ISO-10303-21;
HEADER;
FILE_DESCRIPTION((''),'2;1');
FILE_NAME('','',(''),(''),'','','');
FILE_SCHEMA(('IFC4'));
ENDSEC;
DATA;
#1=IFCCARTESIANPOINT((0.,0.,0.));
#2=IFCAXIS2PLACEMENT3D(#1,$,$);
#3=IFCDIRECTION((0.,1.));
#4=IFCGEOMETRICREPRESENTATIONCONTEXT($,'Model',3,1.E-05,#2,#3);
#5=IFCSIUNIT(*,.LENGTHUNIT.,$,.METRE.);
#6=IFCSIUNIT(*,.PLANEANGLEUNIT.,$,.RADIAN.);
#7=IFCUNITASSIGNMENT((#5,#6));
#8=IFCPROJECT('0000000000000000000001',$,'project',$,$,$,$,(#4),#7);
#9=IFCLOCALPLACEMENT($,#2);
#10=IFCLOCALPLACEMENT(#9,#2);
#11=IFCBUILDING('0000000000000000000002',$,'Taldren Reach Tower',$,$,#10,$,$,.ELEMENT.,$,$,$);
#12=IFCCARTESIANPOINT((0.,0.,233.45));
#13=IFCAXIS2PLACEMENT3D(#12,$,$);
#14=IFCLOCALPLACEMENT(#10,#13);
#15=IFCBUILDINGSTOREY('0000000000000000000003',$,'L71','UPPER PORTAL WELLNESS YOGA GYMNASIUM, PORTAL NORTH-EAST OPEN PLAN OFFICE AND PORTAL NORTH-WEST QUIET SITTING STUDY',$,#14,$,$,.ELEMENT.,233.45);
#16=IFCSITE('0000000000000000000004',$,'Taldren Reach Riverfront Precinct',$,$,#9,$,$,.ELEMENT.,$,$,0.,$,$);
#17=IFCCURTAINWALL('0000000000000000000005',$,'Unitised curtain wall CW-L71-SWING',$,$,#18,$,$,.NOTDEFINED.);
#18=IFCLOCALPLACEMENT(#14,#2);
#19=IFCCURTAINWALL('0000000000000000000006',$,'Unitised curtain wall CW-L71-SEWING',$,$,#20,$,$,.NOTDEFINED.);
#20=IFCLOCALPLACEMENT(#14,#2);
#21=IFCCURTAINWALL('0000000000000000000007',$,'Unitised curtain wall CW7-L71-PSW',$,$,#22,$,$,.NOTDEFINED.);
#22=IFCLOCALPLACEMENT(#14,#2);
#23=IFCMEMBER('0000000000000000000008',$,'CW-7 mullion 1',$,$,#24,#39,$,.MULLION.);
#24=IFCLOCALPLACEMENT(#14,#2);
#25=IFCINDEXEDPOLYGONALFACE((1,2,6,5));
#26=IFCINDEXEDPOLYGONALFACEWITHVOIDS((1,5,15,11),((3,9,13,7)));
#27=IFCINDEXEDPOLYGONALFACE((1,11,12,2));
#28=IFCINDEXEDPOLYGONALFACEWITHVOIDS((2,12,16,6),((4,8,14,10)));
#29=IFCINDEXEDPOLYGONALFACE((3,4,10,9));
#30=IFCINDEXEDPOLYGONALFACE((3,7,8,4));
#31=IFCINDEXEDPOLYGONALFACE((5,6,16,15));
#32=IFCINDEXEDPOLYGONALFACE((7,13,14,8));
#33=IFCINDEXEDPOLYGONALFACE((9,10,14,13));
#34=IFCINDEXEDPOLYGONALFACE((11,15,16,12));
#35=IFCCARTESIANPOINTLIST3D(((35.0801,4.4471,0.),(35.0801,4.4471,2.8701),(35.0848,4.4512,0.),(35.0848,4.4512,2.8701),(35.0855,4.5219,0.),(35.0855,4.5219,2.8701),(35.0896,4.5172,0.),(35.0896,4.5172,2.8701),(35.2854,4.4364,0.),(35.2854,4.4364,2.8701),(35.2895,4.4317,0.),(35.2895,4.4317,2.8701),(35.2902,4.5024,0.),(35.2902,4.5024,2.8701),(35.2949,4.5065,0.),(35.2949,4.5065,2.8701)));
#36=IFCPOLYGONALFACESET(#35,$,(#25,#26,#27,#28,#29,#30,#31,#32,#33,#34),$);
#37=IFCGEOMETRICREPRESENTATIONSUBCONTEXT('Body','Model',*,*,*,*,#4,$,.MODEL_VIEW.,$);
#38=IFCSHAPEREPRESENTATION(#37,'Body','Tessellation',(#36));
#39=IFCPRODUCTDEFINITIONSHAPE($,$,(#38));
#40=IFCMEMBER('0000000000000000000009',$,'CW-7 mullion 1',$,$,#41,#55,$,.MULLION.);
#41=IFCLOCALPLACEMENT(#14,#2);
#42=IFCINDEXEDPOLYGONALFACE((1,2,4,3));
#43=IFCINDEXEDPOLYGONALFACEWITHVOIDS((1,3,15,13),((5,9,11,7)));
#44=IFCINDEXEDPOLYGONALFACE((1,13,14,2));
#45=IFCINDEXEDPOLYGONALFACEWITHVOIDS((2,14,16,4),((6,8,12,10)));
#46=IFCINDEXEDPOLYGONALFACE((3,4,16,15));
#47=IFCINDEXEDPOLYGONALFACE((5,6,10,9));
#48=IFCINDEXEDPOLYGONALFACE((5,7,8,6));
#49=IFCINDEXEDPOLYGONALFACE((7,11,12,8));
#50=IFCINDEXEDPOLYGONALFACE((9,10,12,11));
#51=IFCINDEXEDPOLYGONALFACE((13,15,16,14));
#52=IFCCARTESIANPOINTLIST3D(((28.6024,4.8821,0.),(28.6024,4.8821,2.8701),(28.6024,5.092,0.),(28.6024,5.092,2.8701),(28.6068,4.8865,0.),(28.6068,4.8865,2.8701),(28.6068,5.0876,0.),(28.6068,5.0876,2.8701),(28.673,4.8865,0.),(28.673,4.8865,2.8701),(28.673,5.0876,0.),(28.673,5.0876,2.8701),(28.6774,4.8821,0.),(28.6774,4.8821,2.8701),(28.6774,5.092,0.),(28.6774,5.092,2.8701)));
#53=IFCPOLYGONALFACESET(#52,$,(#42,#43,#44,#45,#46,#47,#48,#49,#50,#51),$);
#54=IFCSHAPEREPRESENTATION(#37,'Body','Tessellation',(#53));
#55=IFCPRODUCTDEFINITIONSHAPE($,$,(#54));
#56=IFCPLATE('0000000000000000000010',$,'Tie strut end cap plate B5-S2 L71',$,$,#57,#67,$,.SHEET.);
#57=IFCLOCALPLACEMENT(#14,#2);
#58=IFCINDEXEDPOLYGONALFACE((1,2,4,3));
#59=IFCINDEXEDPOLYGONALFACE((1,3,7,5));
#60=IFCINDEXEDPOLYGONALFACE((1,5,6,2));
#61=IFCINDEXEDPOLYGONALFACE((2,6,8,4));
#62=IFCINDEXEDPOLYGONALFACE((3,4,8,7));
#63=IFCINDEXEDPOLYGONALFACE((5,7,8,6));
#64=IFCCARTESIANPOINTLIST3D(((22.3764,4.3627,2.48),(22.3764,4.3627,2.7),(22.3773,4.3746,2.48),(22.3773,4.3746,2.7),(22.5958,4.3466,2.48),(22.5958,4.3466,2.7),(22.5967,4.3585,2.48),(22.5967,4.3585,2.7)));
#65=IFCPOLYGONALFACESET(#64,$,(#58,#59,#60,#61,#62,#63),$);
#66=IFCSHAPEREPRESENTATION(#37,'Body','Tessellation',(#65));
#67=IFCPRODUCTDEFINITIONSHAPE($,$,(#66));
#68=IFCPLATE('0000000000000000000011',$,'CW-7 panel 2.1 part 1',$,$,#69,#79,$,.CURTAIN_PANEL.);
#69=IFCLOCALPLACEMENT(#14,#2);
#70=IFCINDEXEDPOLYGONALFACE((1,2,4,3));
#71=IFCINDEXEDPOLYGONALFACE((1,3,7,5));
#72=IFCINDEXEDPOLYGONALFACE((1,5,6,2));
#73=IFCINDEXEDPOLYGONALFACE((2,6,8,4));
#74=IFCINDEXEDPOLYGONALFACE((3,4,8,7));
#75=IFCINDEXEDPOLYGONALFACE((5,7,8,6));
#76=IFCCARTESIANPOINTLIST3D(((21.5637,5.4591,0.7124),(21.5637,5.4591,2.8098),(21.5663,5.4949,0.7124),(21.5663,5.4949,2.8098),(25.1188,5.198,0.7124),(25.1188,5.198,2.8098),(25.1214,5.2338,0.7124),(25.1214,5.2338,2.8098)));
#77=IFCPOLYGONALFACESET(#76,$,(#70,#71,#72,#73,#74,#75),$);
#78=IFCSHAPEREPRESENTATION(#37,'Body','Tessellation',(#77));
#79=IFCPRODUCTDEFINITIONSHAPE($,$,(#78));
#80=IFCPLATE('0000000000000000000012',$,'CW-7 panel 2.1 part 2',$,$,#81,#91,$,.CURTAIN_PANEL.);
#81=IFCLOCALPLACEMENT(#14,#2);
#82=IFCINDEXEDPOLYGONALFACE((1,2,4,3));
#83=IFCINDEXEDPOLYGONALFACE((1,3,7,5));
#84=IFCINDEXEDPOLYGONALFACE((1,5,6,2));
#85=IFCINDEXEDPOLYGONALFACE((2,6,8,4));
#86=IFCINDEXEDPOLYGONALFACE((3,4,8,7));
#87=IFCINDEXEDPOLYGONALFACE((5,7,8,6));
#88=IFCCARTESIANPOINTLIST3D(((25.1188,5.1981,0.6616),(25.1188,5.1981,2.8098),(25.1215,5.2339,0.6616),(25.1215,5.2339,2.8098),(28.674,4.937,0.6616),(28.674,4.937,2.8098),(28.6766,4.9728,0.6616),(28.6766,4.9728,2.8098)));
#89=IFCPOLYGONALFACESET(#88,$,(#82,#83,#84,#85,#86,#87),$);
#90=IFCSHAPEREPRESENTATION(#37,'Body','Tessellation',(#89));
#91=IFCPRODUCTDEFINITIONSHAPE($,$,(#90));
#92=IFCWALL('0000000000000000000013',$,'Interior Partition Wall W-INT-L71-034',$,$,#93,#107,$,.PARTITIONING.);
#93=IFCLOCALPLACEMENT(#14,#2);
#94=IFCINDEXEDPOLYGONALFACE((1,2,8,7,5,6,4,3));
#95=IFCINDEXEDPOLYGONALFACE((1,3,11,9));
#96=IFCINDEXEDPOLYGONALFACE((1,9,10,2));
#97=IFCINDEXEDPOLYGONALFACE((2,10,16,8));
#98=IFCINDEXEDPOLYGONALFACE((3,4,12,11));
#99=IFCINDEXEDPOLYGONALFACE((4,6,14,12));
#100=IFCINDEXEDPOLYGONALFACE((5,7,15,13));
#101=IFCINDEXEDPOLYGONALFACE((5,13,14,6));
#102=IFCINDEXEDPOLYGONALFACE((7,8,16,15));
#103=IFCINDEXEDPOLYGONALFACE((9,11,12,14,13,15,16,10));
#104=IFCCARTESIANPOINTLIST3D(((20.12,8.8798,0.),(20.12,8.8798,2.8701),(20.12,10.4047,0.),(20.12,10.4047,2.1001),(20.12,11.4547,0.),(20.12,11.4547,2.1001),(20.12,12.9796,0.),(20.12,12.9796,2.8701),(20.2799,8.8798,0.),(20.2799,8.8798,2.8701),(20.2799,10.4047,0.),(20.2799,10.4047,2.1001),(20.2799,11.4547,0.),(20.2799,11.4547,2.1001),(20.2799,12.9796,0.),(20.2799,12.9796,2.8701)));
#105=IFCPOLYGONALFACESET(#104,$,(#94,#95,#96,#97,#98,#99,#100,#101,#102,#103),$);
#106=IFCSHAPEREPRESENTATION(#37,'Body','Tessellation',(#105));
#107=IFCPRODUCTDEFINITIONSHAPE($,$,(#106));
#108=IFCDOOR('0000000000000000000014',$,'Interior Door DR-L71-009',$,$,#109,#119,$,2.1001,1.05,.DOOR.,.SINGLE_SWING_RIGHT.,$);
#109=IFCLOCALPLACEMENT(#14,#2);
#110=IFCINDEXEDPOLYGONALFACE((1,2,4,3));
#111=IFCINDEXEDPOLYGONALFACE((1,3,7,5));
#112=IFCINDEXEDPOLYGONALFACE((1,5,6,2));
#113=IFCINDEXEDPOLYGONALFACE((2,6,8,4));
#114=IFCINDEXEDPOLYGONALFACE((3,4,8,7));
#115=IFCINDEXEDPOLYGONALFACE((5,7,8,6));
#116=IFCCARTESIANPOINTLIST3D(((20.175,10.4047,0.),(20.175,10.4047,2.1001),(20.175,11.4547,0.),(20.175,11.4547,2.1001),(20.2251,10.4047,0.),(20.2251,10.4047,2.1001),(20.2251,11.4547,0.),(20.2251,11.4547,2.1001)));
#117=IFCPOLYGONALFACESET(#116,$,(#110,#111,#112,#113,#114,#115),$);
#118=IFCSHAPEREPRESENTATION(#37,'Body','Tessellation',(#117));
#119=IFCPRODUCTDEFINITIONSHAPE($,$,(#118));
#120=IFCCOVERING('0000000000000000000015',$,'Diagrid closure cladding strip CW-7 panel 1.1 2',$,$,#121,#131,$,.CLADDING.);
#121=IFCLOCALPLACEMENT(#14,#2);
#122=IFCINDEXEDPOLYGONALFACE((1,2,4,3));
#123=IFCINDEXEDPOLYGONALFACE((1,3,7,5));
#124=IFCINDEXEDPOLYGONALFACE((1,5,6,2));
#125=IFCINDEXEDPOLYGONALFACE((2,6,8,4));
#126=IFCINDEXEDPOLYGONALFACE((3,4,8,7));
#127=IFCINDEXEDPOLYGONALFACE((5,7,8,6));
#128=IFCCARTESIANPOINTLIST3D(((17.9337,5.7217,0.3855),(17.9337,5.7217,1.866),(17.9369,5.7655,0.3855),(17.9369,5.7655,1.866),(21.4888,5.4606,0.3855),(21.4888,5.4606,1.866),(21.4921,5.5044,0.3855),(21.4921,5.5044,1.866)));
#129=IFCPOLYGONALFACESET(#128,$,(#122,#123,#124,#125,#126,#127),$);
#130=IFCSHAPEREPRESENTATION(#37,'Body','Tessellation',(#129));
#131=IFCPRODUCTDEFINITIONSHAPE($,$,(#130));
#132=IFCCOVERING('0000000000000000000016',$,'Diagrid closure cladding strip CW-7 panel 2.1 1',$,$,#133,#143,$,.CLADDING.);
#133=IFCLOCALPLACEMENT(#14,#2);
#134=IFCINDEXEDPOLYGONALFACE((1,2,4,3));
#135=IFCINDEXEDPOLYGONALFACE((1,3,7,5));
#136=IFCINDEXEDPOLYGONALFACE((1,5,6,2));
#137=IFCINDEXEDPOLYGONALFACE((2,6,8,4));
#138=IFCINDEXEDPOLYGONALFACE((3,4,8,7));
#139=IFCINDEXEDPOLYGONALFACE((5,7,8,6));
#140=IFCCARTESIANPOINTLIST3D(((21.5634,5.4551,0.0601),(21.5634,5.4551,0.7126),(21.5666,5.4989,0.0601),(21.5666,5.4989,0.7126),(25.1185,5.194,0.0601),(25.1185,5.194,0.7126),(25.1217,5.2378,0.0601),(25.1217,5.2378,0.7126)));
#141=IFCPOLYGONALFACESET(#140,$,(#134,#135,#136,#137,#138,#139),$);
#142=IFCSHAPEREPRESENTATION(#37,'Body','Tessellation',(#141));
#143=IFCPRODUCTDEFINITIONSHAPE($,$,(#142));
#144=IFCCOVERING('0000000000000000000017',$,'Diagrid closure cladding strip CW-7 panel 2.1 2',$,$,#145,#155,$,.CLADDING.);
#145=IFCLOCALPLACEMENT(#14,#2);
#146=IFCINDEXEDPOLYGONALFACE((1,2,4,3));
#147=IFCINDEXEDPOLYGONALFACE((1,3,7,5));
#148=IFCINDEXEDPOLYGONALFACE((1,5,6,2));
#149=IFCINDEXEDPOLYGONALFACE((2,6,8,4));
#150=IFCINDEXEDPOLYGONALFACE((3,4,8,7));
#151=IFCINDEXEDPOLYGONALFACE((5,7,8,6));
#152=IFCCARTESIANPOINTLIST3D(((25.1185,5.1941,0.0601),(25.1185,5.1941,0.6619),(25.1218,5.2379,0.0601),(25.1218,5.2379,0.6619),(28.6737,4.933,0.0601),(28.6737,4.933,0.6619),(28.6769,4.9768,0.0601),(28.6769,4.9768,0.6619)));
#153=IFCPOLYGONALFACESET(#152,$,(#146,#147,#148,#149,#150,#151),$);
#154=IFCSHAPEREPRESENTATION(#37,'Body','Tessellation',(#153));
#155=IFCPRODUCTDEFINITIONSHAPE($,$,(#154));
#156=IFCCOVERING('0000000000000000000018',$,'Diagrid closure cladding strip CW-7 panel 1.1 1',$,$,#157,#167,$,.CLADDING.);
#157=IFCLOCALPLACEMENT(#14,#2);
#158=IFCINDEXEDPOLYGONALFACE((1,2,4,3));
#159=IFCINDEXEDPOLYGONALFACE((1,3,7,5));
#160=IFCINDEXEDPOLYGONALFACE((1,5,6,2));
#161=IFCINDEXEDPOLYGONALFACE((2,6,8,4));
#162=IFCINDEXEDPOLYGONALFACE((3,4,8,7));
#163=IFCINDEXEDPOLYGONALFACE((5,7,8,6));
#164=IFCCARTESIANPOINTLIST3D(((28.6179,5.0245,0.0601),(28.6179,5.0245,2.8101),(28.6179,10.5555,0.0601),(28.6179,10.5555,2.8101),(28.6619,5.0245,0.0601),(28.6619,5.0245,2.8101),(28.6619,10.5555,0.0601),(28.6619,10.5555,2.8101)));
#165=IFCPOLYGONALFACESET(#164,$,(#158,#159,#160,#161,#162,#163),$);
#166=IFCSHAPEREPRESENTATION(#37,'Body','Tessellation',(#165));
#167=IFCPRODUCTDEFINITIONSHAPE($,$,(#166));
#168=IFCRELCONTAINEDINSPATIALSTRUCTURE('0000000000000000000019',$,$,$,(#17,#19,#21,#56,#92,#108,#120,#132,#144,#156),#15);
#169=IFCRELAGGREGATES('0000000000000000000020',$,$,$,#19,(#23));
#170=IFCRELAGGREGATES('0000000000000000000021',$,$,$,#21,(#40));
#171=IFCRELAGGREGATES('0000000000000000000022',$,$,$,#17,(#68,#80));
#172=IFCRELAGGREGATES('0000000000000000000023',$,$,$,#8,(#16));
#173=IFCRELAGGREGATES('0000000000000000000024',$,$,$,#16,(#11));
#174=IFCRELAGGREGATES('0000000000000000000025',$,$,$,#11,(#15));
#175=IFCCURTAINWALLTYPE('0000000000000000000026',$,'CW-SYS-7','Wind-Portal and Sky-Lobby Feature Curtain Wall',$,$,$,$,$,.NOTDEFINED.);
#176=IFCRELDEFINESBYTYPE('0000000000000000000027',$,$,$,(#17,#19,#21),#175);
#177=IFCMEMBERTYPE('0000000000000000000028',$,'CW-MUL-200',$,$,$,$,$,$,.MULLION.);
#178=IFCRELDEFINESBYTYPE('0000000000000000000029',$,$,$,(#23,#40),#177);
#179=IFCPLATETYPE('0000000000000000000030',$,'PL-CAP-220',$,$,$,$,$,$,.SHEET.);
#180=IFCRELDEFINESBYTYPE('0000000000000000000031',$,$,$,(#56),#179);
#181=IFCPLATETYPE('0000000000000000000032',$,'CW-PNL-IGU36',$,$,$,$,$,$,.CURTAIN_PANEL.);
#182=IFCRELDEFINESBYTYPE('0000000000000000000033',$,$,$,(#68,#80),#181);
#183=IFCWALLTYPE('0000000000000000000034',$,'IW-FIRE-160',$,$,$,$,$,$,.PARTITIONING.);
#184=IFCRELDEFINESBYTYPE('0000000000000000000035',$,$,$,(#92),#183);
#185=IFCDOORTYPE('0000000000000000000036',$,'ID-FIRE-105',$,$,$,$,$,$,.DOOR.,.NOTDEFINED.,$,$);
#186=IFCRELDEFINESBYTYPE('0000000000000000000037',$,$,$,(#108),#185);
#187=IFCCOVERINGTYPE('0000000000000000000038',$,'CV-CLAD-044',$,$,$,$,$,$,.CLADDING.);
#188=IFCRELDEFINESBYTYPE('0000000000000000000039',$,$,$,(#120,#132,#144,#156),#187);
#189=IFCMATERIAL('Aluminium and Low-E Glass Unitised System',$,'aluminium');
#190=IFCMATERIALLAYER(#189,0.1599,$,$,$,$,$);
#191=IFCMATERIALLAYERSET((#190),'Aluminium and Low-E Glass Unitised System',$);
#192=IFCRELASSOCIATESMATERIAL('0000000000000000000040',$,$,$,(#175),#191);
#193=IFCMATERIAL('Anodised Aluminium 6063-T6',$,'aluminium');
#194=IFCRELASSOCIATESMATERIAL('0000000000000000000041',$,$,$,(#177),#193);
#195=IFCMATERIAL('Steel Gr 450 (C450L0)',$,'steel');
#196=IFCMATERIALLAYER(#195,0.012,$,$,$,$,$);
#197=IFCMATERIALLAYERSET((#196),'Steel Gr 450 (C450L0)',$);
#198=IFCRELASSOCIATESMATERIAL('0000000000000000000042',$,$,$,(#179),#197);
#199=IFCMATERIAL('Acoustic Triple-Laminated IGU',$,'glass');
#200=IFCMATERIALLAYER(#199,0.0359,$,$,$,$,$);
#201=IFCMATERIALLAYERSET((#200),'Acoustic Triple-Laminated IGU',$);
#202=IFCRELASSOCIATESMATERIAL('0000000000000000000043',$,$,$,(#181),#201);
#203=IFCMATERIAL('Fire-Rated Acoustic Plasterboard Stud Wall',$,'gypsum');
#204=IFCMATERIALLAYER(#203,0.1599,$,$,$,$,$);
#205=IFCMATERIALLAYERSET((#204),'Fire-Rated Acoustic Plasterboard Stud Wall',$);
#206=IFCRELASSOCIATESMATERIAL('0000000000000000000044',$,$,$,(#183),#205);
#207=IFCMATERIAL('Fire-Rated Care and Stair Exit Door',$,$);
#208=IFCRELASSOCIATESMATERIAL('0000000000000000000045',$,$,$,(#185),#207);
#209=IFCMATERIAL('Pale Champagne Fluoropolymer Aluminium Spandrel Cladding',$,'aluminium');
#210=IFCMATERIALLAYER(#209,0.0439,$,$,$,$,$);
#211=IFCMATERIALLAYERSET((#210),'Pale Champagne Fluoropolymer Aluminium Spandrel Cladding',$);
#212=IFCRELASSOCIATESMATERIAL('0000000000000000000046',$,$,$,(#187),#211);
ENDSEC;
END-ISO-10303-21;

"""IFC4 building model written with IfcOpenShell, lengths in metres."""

from ifc_helpers import new_model, si_unit, direction, frame, frame_2d, origin, origin_2d, place, context, subcontext, project, spatial, rectangle, hollow_rectangle, extrude, source, transform, mapped, material, layer, layer_set, material_profile, profile_set, type_object, element, fill, aggregate, save


model = new_model("IFC4")

# Units and contexts
model_context = context("Model", 3, precision=1e-05, world=origin(), true_north=direction((0.0, 1.0)))
body_context = subcontext(model_context, "Body", "Model", "MODEL_VIEW")
ifc_project = project(units=[si_unit("LENGTHUNIT", "METRE"), si_unit("PLANEANGLEUNIT", "RADIAN")], contexts=[model_context])

# Site, building, storey
site_placement = place(None, origin())
site = spatial("IfcSite", under=ifc_project, at=site_placement, Name="Taldren Reach Riverfront Precinct", CompositionType="ELEMENT", RefElevation=0.0)
building_placement = place(site_placement, origin())
building = spatial("IfcBuilding", under=site, at=building_placement, Name="Taldren Reach Tower", CompositionType="ELEMENT")
storey_placement = place(building_placement, frame((0.0, 0.0, 233.45)))
storey = spatial("IfcBuildingStorey", under=building, at=storey_placement, Name="L71", Description="UPPER PORTAL WELLNESS YOGA GYMNASIUM, PORTAL NORTH-EAST OPEN PLAN OFFICE AND PORTAL NORTH-WEST QUIET SITTING STUDY", CompositionType="ELEMENT", Elevation=233.45)

# Shared definitions
ifc_material_1 = material(Name="Steel Gr 450 (C450L0)", Category="steel")

# Curtain walls
ifc_material_2 = material(Name="Aluminium and Low-E Glass Unitised System", Category="aluminium")
ifc_layer_1 = layer(ifc_material_2, 0.1599)
ifc_layer_set_1 = layer_set([ifc_layer_1], Name="Aluminium and Low-E Glass Unitised System")
curtain_wall_type = type_object("IfcCurtainWallType", Name="CW-SYS-7", Description="Wind-Portal and Sky-Lobby Feature Curtain Wall", PredefinedType="NOTDEFINED", material=ifc_layer_set_1)
curtain_wall_1_placement = place(storey_placement, origin())
curtain_wall_1 = element("IfcCurtainWall", 1, at=curtain_wall_1_placement, inside=storey, type_object=curtain_wall_type, Name="Unitised curtain wall CW-L71-SWING", PredefinedType="NOTDEFINED")
ifc_material_3 = material(Name="Anodised Aluminium 6063-T6", Category="aluminium")
curtain_wall_2_placement = place(storey_placement, origin())
curtain_wall_2 = element("IfcCurtainWall", 2, at=curtain_wall_2_placement, inside=storey, type_object=curtain_wall_type, Name="Unitised curtain wall CW-L71-SEWING", PredefinedType="NOTDEFINED")
curtain_wall_3_placement = place(storey_placement, origin())
curtain_wall_3 = element("IfcCurtainWall", 3, at=curtain_wall_3_placement, inside=storey, type_object=curtain_wall_type, Name="Unitised curtain wall CW7-L71-PSW", PredefinedType="NOTDEFINED")

# Members
ifc_material_profile_1 = material_profile(ifc_material_3, hollow_rectangle(XDim=0.075, YDim=0.21, WallThickness=0.0044, at=origin_2d()), Name="ALU-210x75x4.5RHS")
ifc_profile_set_1 = profile_set([ifc_material_profile_1], Name="Anodised Aluminium 6063-T6")
member_type_1 = type_object("IfcMemberType", Name="CW-MUL-200", PredefinedType="MULLION", material=ifc_profile_set_1)
shared_shape_1 = source(origin(), body_context, "Body", "SweptSolid", [
    extrude(hollow_rectangle(XDim=0.075, YDim=0.21, WallThickness=0.0044, at=origin_2d()), origin(), (0.0, 0.0, 1.0), 2.8701),
])
member_1_placement = place(storey_placement, frame((35.1875, 4.4768, 0.0), z_axis=(0.0, 0.0, 1.0), x_axis=(0.073238, 0.997314, 0.0)))
member_1 = element("IfcMember", 4, at=member_1_placement, type_object=member_type_1, Name="CW-7 mullion 1", PredefinedType="MULLION", context=body_context, shape_type="MappedRepresentation", body=[
    mapped(shared_shape_1, transform((0.0, 0.0, 0.0), scale=1.0)),
])
aggregate(curtain_wall_2, [member_1])
member_2_placement = place(storey_placement, frame((28.6399, 4.9871, 0.0), z_axis=(0.0, 0.0, 1.0), x_axis=(-1.0, 0.0, 0.0)))
member_2 = element("IfcMember", 5, at=member_2_placement, type_object=member_type_1, Name="CW-7 mullion 1", PredefinedType="MULLION", context=body_context, shape_type="MappedRepresentation", body=[
    mapped(shared_shape_1, transform((0.0, 0.0, 0.0), scale=1.0)),
])
aggregate(curtain_wall_3, [member_2])

# Plates
ifc_layer_2 = layer(ifc_material_1, 0.012)
ifc_layer_set_2 = layer_set([ifc_layer_2], Name="Steel Gr 450 (C450L0)")
plate_type_1 = type_object("IfcPlateType", Name="PL-CAP-220", PredefinedType="SHEET", material=ifc_layer_set_2)
shared_shape_2 = source(origin(), body_context, "Body", "SweptSolid", [
    extrude(rectangle(XDim=0.22, YDim=0.012, at=origin_2d()), origin(), (0.0, 0.0, 1.0), 0.22),
])
plate_1_placement = place(storey_placement, frame((22.4866, 4.3606, 2.48), z_axis=(0.0, 0.0, 1.0), x_axis=(0.997314, -0.073238, 0.0)))
element("IfcPlate", 6, at=plate_1_placement, inside=storey, type_object=plate_type_1, Name="Tie strut end cap plate B5-S2 L71", PredefinedType="SHEET", context=body_context, shape_type="MappedRepresentation", body=[
    mapped(shared_shape_2, transform((0.0, 0.0, 0.0), scale=1.0)),
])
ifc_material_4 = material(Name="Acoustic Triple-Laminated IGU", Category="glass")
ifc_layer_3 = layer(ifc_material_4, 0.0359)
ifc_layer_set_3 = layer_set([ifc_layer_3], Name="Acoustic Triple-Laminated IGU")
plate_type_2 = type_object("IfcPlateType", Name="CW-PNL-IGU36", PredefinedType="CURTAIN_PANEL", material=ifc_layer_set_3)
shared_shape_3 = source(origin(), body_context, "Body", "SweptSolid", [
    extrude(rectangle(XDim=3.5647, YDim=0.0359, at=origin_2d()), origin(), (0.0, 0.0, 1.0), 2.0974),
])
plate_2_placement = place(storey_placement, frame((23.3425, 5.3464, 0.7124), z_axis=(0.0, 0.0, 1.0), x_axis=(0.997314, -0.073238, 0.0)))
plate_2 = element("IfcPlate", 7, at=plate_2_placement, type_object=plate_type_2, Name="CW-7 panel 2.1 part 1", PredefinedType="CURTAIN_PANEL", context=body_context, shape_type="MappedRepresentation", body=[
    mapped(shared_shape_3, transform((0.0, 0.0, 0.0), scale=1.0)),
])
shared_shape_4 = source(origin(), body_context, "Body", "SweptSolid", [
    extrude(rectangle(XDim=3.5647, YDim=0.0359, at=origin_2d()), origin(), (0.0, 0.0, 1.0), 2.1482),
])
plate_3_placement = place(storey_placement, frame((26.8977, 5.0854, 0.6616), z_axis=(0.0, 0.0, 1.0), x_axis=(0.997314, -0.073238, 0.0)))
plate_3 = element("IfcPlate", 8, at=plate_3_placement, type_object=plate_type_2, Name="CW-7 panel 2.1 part 2", PredefinedType="CURTAIN_PANEL", context=body_context, shape_type="MappedRepresentation", body=[
    mapped(shared_shape_4, transform((0.0, 0.0, 0.0), scale=1.0)),
])
aggregate(curtain_wall_1, [plate_2, plate_3])

# Wall, opening, door
ifc_material_5 = material(Name="Fire-Rated Acoustic Plasterboard Stud Wall", Category="gypsum")
ifc_layer_4 = layer(ifc_material_5, 0.1599)
ifc_layer_set_4 = layer_set([ifc_layer_4], Name="Fire-Rated Acoustic Plasterboard Stud Wall")
wall_type = type_object("IfcWallType", Name="IW-FIRE-160", PredefinedType="PARTITIONING", material=ifc_layer_set_4)
shared_shape_5 = source(origin(), body_context, "Body", "SweptSolid", [
    extrude(rectangle(XDim=4.0999, YDim=0.1599, at=frame_2d((2.0498, 0.0))), origin(), (0.0, 0.0, 1.0), 2.8701),
])
wall_placement = place(storey_placement, frame((20.2, 8.8799, 0.0), z_axis=(0.0, 0.0, 1.0), x_axis=(0.0, 1.0, 0.0)))
wall = element("IfcWall", 9, at=wall_placement, inside=storey, type_object=wall_type, Name="Interior Partition Wall W-INT-L71-034", PredefinedType="PARTITIONING", context=body_context, shape_type="MappedRepresentation", body=[
    mapped(shared_shape_5, transform((0.0, 0.0, 0.0), scale=1.0)),
])
shared_shape_6 = source(origin(), body_context, "Body", "SweptSolid", [
    extrude(rectangle(XDim=1.05, YDim=2.1001, at=frame_2d((0.5249, 1.05))), frame((0.0, 0.0898, 0.0), z_axis=(0.0, -1.0, 0.0), x_axis=(1.0, 0.0, 0.0)), (0.0, 0.0, 1.0), 0.1799),
])
opening_placement = place(wall_placement, frame((1.5249, 0.0, 0.0)))
opening = element("IfcOpeningElement", 10, at=opening_placement, cuts=wall, PredefinedType="OPENING", context=body_context, shape_type="MappedRepresentation", body=[
    mapped(shared_shape_6, transform((0.0, 0.0, 0.0), scale=1.0)),
])
ifc_material_6 = material(Name="Fire-Rated Care and Stair Exit Door")
door_type = type_object("IfcDoorType", Name="ID-FIRE-105", OperationType="NOTDEFINED", PredefinedType="DOOR", material=ifc_material_6)
shared_shape_7 = source(origin(), body_context, "Body", "SweptSolid", [
    extrude(rectangle(XDim=1.05, YDim=2.1001, at=frame_2d((0.5249, 1.05))), frame((0.0, 0.0249, 0.0), z_axis=(0.0, -1.0, 0.0), x_axis=(1.0, 0.0, 0.0)), (0.0, 0.0, 1.0), 0.05),
])
door_placement = place(opening_placement, origin())
door = element("IfcDoor", 11, at=door_placement, inside=storey, type_object=door_type, Name="Interior Door DR-L71-009", OperationType="SINGLE_SWING_RIGHT", OverallHeight=2.1001, OverallWidth=1.05, PredefinedType="DOOR", context=body_context, shape_type="MappedRepresentation", body=[
    mapped(shared_shape_7, transform((0.0, 0.0, 0.0), scale=1.0)),
])
fill(opening, door)

# Coverings
ifc_material_7 = material(Name="Pale Champagne Fluoropolymer Aluminium Spandrel Cladding", Category="aluminium")
ifc_layer_5 = layer(ifc_material_7, 0.0439)
ifc_layer_set_5 = layer_set([ifc_layer_5], Name="Pale Champagne Fluoropolymer Aluminium Spandrel Cladding")
covering_type = type_object("IfcCoveringType", Name="CV-CLAD-044", PredefinedType="CLADDING", material=ifc_layer_set_5)
shared_shape_8 = source(origin(), body_context, "Body", "SweptSolid", [
    extrude(rectangle(XDim=3.5647, YDim=0.0439, at=origin_2d()), origin(), (0.0, 0.0, 1.0), 1.4805),
])
covering_1_placement = place(storey_placement, frame((19.7129, 5.613, 0.3855), z_axis=(0.0, 0.0, 1.0), x_axis=(0.997314, -0.073238, 0.0)))
element("IfcCovering", 12, at=covering_1_placement, inside=storey, type_object=covering_type, Name="Diagrid closure cladding strip CW-7 panel 1.1 2", PredefinedType="CLADDING", context=body_context, shape_type="MappedRepresentation", body=[
    mapped(shared_shape_8, transform((0.0, 0.0, 0.0), scale=1.0)),
])
shared_shape_9 = source(origin(), body_context, "Body", "SweptSolid", [
    extrude(rectangle(XDim=3.5647, YDim=0.0439, at=origin_2d()), origin(), (0.0, 0.0, 1.0), 0.6526),
])
covering_2_placement = place(storey_placement, frame((23.3425, 5.3464, 0.0601), z_axis=(0.0, 0.0, 1.0), x_axis=(0.997314, -0.073238, 0.0)))
element("IfcCovering", 13, at=covering_2_placement, inside=storey, type_object=covering_type, Name="Diagrid closure cladding strip CW-7 panel 2.1 1", PredefinedType="CLADDING", context=body_context, shape_type="MappedRepresentation", body=[
    mapped(shared_shape_9, transform((0.0, 0.0, 0.0), scale=1.0)),
])
shared_shape_10 = source(origin(), body_context, "Body", "SweptSolid", [
    extrude(rectangle(XDim=3.5647, YDim=0.0439, at=origin_2d()), origin(), (0.0, 0.0, 1.0), 0.6018),
])
covering_3_placement = place(storey_placement, frame((26.8977, 5.0854, 0.0601), z_axis=(0.0, 0.0, 1.0), x_axis=(0.997314, -0.073238, 0.0)))
element("IfcCovering", 14, at=covering_3_placement, inside=storey, type_object=covering_type, Name="Diagrid closure cladding strip CW-7 panel 2.1 2", PredefinedType="CLADDING", context=body_context, shape_type="MappedRepresentation", body=[
    mapped(shared_shape_10, transform((0.0, 0.0, 0.0), scale=1.0)),
])
shared_shape_11 = source(origin(), body_context, "Body", "SweptSolid", [
    extrude(rectangle(XDim=5.531, YDim=0.0439, at=origin_2d()), origin(), (0.0, 0.0, 1.0), 2.75),
])
covering_4_placement = place(storey_placement, frame((28.6399, 7.79, 0.0601), z_axis=(0.0, 0.0, 1.0), x_axis=(0.0, 1.0, 0.0)))
element("IfcCovering", 15, at=covering_4_placement, inside=storey, type_object=covering_type, Name="Diagrid closure cladding strip CW-7 panel 1.1 1", PredefinedType="CLADDING", context=body_context, shape_type="MappedRepresentation", body=[
    mapped(shared_shape_11, transform((0.0, 0.0, 0.0), scale=1.0)),
])

save(model, "model.ifc")
